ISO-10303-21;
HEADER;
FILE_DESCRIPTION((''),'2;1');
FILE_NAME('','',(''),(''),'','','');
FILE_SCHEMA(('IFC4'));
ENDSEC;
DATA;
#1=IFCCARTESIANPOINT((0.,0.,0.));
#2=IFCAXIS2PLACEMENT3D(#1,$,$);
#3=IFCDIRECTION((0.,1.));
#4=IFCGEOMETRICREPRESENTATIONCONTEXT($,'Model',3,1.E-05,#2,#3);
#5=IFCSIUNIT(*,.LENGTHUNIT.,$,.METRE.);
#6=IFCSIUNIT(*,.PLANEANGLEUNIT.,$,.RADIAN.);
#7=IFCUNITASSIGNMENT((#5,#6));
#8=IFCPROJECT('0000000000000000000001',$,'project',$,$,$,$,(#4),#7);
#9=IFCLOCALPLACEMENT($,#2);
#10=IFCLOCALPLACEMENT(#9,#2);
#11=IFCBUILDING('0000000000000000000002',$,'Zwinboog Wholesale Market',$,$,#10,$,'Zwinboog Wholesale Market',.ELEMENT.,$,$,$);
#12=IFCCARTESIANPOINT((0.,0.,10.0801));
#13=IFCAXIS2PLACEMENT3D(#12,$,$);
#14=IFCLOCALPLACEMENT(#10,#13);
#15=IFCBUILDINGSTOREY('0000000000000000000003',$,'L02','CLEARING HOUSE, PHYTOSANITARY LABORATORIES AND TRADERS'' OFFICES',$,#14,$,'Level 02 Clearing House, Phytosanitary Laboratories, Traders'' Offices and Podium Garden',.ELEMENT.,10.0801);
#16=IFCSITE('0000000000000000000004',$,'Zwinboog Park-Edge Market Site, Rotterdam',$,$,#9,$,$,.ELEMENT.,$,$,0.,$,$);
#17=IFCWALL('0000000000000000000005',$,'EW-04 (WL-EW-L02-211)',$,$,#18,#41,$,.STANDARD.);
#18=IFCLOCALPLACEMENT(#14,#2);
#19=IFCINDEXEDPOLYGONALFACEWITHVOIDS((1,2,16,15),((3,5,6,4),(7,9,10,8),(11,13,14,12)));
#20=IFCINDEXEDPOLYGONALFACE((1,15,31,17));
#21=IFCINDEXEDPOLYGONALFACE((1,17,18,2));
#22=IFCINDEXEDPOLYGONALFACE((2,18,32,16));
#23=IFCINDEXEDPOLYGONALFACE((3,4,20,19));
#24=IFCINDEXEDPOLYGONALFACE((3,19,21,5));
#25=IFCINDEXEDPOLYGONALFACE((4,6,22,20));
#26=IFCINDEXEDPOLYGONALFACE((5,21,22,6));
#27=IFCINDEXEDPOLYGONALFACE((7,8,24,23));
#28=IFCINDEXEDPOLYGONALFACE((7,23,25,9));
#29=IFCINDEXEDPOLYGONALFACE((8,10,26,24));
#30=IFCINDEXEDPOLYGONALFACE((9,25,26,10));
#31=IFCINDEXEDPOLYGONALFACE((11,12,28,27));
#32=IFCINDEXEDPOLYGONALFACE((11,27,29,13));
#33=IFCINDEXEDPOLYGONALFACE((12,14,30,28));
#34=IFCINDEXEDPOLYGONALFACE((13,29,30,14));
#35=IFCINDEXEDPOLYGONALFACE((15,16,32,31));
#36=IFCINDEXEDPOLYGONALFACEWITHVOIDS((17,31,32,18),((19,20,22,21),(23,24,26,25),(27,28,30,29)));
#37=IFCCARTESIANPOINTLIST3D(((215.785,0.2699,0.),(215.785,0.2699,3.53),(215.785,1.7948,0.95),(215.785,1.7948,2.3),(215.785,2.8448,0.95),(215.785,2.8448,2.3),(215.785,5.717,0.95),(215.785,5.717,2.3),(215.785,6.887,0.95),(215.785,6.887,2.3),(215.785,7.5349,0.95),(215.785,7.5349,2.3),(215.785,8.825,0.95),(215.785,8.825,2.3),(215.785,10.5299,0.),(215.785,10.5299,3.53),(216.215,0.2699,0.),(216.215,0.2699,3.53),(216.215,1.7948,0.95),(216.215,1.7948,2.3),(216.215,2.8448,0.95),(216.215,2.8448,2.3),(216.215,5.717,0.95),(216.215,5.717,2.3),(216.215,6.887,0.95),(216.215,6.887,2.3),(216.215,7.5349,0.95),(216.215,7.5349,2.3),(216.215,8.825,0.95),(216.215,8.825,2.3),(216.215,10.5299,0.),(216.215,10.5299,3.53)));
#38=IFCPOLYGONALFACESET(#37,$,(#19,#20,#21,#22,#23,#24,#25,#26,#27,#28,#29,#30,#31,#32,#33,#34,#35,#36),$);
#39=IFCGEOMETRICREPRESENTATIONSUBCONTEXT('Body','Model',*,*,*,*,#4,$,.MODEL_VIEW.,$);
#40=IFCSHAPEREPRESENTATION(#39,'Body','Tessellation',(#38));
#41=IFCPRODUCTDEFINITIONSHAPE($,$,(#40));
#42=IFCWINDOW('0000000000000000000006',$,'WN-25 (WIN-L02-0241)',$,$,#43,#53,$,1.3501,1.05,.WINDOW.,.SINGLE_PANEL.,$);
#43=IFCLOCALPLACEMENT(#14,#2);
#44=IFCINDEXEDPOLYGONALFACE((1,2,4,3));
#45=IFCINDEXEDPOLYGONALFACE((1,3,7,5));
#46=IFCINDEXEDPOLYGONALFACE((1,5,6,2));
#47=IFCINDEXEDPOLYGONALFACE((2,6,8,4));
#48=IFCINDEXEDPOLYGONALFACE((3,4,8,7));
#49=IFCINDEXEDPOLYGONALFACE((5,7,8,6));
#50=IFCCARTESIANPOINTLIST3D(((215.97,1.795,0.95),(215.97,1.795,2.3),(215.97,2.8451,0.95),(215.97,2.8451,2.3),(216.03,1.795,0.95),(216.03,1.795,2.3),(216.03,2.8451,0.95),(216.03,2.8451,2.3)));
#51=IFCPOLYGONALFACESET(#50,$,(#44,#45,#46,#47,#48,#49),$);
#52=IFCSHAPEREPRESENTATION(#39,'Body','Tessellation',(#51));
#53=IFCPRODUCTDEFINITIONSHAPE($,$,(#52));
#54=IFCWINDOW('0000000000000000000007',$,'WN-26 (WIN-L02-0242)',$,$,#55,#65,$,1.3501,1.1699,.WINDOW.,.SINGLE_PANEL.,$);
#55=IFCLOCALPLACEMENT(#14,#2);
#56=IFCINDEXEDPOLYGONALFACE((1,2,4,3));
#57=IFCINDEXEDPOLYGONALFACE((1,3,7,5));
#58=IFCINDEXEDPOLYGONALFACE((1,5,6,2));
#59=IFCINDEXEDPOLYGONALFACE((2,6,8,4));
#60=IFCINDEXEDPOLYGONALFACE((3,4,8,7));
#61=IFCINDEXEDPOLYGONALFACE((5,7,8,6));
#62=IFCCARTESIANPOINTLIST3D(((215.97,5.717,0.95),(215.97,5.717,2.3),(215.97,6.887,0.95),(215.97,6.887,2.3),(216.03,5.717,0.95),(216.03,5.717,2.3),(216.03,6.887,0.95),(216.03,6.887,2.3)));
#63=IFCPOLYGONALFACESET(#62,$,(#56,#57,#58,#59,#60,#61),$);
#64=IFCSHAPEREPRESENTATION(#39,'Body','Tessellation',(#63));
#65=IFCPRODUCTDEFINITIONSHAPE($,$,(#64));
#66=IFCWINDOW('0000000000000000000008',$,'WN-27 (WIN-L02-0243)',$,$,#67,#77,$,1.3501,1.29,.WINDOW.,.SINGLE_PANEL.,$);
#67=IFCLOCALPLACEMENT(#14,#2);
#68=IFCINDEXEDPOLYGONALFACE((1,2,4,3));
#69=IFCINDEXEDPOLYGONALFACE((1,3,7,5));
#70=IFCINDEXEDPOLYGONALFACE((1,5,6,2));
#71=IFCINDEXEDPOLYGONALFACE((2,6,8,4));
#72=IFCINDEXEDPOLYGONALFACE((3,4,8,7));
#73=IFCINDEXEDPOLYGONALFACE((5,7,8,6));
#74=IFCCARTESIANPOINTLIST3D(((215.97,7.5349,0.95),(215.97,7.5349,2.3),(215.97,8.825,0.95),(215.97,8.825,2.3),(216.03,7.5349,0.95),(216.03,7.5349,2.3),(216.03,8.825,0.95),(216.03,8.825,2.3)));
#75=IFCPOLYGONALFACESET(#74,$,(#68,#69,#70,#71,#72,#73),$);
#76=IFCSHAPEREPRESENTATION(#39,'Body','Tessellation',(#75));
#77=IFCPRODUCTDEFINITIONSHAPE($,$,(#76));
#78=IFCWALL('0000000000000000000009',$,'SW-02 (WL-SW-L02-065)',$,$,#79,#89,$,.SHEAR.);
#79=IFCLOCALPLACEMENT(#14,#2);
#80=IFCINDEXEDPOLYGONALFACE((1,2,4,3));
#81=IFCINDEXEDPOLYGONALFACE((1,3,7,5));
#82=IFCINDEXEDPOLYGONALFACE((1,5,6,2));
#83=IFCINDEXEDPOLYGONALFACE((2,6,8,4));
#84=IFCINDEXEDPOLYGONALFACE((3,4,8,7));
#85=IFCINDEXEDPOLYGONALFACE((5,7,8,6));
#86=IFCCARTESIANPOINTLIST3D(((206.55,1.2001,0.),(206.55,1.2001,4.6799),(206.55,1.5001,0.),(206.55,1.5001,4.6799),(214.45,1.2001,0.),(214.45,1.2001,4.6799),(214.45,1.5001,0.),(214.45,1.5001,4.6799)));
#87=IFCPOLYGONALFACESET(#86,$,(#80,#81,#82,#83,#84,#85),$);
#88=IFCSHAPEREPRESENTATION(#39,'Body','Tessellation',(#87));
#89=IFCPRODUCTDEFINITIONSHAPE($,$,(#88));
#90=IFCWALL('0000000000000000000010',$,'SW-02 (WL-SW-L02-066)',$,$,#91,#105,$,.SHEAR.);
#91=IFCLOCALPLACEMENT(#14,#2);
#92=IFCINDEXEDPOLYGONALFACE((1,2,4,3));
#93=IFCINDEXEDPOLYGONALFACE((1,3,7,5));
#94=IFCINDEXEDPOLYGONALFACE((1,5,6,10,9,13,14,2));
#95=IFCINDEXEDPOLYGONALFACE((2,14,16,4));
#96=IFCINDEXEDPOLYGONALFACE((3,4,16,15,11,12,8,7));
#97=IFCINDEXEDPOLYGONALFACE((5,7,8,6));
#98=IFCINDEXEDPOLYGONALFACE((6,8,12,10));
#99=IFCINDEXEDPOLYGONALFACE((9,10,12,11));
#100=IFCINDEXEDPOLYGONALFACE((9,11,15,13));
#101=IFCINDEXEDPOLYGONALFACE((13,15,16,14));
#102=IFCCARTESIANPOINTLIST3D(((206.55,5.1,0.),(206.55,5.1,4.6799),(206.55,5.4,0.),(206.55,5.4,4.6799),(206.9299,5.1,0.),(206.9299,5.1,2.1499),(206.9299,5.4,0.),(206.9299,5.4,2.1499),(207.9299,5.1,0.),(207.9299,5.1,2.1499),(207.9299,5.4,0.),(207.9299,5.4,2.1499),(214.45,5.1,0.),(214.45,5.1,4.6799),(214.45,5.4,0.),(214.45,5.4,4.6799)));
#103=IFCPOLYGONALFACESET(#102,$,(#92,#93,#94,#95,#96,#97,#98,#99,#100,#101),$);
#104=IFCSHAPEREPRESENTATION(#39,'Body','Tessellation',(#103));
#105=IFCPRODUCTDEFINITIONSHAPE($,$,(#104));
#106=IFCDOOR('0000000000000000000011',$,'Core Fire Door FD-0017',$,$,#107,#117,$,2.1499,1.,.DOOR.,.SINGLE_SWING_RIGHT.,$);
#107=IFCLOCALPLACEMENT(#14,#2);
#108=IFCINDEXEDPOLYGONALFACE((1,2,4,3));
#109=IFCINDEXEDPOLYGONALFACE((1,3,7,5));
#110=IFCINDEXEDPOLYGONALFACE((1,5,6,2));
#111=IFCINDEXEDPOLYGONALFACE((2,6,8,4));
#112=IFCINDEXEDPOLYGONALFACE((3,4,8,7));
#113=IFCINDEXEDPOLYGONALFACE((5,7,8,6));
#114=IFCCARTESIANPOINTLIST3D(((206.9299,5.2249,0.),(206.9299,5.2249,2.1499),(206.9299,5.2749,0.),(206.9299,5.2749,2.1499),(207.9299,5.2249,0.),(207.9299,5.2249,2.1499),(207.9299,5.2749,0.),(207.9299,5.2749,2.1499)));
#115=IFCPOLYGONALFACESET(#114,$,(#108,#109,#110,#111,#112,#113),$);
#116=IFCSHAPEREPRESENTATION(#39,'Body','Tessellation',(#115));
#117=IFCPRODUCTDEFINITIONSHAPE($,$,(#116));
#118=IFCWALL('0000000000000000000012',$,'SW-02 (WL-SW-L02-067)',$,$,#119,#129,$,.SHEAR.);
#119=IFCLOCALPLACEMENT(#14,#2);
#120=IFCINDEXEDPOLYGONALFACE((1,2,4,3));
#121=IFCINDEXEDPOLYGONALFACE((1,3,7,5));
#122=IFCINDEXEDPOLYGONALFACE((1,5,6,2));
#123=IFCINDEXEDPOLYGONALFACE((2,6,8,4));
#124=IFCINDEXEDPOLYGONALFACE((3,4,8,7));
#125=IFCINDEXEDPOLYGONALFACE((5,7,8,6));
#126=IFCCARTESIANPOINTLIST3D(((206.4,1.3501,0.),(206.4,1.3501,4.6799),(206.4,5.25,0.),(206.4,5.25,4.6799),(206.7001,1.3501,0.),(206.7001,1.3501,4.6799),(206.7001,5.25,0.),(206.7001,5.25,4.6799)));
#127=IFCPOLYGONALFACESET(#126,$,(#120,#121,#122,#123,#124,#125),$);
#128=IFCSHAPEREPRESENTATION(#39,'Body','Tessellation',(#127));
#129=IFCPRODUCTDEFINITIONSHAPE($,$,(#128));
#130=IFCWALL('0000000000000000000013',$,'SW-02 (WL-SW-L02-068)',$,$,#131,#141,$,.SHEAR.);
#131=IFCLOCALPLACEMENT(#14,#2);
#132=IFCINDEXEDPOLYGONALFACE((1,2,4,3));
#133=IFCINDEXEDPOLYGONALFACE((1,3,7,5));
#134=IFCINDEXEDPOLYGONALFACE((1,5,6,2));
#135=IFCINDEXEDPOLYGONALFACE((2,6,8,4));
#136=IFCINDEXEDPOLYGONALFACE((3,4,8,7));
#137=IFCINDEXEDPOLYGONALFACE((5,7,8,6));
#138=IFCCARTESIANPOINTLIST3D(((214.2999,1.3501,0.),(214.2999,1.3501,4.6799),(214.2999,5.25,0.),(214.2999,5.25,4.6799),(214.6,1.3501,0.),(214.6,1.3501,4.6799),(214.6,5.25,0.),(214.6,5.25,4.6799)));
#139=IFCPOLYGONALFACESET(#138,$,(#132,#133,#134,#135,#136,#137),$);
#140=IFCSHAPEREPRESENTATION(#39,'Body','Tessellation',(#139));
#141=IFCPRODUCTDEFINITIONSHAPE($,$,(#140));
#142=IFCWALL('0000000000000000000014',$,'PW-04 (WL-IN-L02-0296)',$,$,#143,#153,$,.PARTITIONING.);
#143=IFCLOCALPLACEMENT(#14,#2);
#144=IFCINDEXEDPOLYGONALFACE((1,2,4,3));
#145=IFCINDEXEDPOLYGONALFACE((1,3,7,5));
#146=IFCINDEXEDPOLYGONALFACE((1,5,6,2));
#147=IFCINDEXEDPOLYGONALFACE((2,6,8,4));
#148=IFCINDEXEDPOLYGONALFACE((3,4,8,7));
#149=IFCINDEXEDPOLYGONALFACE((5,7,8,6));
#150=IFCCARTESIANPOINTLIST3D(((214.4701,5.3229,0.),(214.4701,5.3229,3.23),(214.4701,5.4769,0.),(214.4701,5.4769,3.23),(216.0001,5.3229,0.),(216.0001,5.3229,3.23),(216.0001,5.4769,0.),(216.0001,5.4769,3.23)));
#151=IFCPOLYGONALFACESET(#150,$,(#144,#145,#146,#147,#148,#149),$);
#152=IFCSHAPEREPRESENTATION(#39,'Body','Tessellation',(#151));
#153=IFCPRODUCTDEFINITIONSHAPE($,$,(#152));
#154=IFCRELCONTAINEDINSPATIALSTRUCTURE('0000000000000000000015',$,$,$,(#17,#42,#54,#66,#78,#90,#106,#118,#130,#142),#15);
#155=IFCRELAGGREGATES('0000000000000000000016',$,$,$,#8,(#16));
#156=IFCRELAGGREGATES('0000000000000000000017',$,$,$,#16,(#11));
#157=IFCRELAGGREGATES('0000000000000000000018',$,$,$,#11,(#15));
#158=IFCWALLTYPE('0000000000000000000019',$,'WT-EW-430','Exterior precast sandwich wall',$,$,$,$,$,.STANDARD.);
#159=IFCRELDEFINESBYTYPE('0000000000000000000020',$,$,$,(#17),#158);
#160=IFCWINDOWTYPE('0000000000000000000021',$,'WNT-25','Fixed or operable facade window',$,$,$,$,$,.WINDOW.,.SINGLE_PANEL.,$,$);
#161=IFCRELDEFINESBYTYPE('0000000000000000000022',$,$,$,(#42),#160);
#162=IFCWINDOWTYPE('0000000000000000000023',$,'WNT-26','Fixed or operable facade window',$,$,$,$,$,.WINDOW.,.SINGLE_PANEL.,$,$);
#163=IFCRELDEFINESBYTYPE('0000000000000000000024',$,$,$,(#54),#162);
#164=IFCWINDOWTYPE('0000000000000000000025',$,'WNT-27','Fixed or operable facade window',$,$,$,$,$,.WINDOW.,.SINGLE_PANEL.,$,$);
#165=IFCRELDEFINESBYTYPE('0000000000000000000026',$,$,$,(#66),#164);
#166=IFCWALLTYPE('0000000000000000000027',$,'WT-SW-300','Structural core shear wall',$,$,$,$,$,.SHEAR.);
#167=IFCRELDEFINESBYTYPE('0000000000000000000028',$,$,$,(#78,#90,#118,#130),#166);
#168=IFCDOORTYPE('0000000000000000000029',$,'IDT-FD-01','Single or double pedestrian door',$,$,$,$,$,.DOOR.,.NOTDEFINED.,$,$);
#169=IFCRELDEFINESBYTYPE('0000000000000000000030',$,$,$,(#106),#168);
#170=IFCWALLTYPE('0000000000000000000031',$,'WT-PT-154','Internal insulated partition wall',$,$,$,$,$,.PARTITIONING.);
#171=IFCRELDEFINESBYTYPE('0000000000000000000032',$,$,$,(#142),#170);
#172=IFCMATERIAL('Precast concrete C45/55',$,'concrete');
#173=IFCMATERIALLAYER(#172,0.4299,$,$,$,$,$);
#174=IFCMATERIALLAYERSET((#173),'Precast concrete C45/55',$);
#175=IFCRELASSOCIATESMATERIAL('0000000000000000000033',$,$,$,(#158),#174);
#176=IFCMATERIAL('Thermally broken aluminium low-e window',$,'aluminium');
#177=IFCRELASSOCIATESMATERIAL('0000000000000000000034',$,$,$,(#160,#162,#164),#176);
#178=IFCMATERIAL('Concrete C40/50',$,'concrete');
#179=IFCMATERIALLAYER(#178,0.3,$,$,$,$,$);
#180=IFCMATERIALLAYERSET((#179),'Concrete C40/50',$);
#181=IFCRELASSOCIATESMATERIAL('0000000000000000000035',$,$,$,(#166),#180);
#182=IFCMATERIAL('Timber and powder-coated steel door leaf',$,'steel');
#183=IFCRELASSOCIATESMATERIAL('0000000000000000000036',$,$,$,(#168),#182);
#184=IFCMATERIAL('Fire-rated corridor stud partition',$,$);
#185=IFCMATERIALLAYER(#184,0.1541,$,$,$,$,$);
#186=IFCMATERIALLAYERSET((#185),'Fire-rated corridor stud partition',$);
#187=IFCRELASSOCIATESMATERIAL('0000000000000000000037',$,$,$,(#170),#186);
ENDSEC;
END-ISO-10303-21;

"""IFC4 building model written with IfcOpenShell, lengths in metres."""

from ifc_helpers import new_model, si_unit, direction, frame, frame_2d, origin, place, context, subcontext, project, spatial, rectangle, extrude, material, layer, layer_set, type_object, element, fill, save


model = new_model("IFC4")

# Units and contexts
model_context = context("Model", 3, precision=1e-05, world=origin(), true_north=direction((0.0, 1.0)))
body_context = subcontext(model_context, "Body", "Model", "MODEL_VIEW")
ifc_project = project(units=[si_unit("LENGTHUNIT", "METRE"), si_unit("PLANEANGLEUNIT", "RADIAN")], contexts=[model_context])

# Site, building, storey
site_placement = place(None, origin())
site = spatial("IfcSite", under=ifc_project, at=site_placement, Name="Zwinboog Park-Edge Market Site, Rotterdam", CompositionType="ELEMENT", RefElevation=0.0)
building_placement = place(site_placement, origin())
building = spatial("IfcBuilding", under=site, at=building_placement, Name="Zwinboog Wholesale Market", LongName="Zwinboog Wholesale Market", CompositionType="ELEMENT")
storey_placement = place(building_placement, frame((0.0, 0.0, 10.0801)))
storey = spatial("IfcBuildingStorey", under=building, at=storey_placement, Name="L02", Description="CLEARING HOUSE, PHYTOSANITARY LABORATORIES AND TRADERS' OFFICES", LongName="Level 02 Clearing House, Phytosanitary Laboratories, Traders' Offices and Podium Garden", CompositionType="ELEMENT", Elevation=10.0801)

# Shared definitions
ifc_material_1 = material(Name="Precast concrete C45/55", Category="concrete")

# Wall, openings, windows
ifc_material_2 = material(Name="Thermally broken aluminium low-e window", Category="aluminium")
ifc_layer_1 = layer(ifc_material_1, 0.4299)
ifc_layer_set_1 = layer_set([ifc_layer_1], Name="Precast concrete C45/55")
wall_type_1 = type_object("IfcWallType", Name="WT-EW-430", Description="Exterior precast sandwich wall", PredefinedType="STANDARD", material=ifc_layer_set_1)
wall_1_placement = place(storey_placement, frame((216.0, 0.27, 0.0), z_axis=(0.0, 0.0, 1.0), x_axis=(0.0, 1.0, 0.0)))
wall_1 = element("IfcWall", 1, at=wall_1_placement, inside=storey, type_object=wall_type_1, Name="EW-04 (WL-EW-L02-211)", PredefinedType="STANDARD", context=body_context, shape_type="SweptSolid", body=[
    extrude(rectangle(XDim=10.26, YDim=0.4299, at=frame_2d((5.1299, 0.0))), origin(), (0.0, 0.0, 1.0), 3.53),
])
opening_1_placement = place(wall_1_placement, frame((1.5249, 0.0, 0.95)))
opening_1 = element("IfcOpeningElement", 2, at=opening_1_placement, cuts=wall_1, PredefinedType="OPENING", context=body_context, shape_type="SweptSolid", body=[
    extrude(rectangle(XDim=1.05, YDim=1.3501, at=frame_2d((0.5249, 0.675))), frame((0.0, 0.2249, 0.0), z_axis=(0.0, -1.0, 0.0), x_axis=(1.0, 0.0, 0.0)), (0.0, 0.0, 1.0), 0.45),
])
opening_2_placement = place(wall_1_placement, frame((5.447, 0.0, 0.95)))
opening_2 = element("IfcOpeningElement", 3, at=opening_2_placement, cuts=wall_1, PredefinedType="OPENING", context=body_context, shape_type="SweptSolid", body=[
    extrude(rectangle(XDim=1.1699, YDim=1.3501, at=frame_2d((0.585, 0.675))), frame((0.0, 0.2249, 0.0), z_axis=(0.0, -1.0, 0.0), x_axis=(1.0, 0.0, 0.0)), (0.0, 0.0, 1.0), 0.45),
])
opening_3_placement = place(wall_1_placement, frame((7.2649, 0.0, 0.95)))
opening_3 = element("IfcOpeningElement", 4, at=opening_3_placement, cuts=wall_1, PredefinedType="OPENING", context=body_context, shape_type="SweptSolid", body=[
    extrude(rectangle(XDim=1.29, YDim=1.3501, at=frame_2d((0.645, 0.675))), frame((0.0, 0.2249, 0.0), z_axis=(0.0, -1.0, 0.0), x_axis=(1.0, 0.0, 0.0)), (0.0, 0.0, 1.0), 0.45),
])
window_type_1 = type_object("IfcWindowType", Name="WNT-25", Description="Fixed or operable facade window", PartitioningType="SINGLE_PANEL", PredefinedType="WINDOW", material=ifc_material_2)
window_1_placement = place(opening_1_placement, frame((1.05, 0.0, 0.0), z_axis=(0.0, 0.0, 1.0), x_axis=(-1.0, 0.0, 0.0)))
window_1 = element("IfcWindow", 5, at=window_1_placement, inside=storey, type_object=window_type_1, Name="WN-25 (WIN-L02-0241)", OverallHeight=1.3501, OverallWidth=1.05, PartitioningType="SINGLE_PANEL", PredefinedType="WINDOW", context=body_context, shape_type="SweptSolid", body=[
    extrude(rectangle(XDim=1.05, YDim=1.3501, at=frame_2d((0.5249, 0.675))), frame((0.0, 0.03, 0.0), z_axis=(0.0, -1.0, 0.0), x_axis=(1.0, 0.0, 0.0)), (0.0, 0.0, 1.0), 0.0601),
])
fill(opening_1, window_1)
window_type_2 = type_object("IfcWindowType", Name="WNT-26", Description="Fixed or operable facade window", PartitioningType="SINGLE_PANEL", PredefinedType="WINDOW", material=ifc_material_2)
window_2_placement = place(opening_2_placement, frame((1.1699, 0.0, 0.0), z_axis=(0.0, 0.0, 1.0), x_axis=(-1.0, 0.0, 0.0)))
window_2 = element("IfcWindow", 6, at=window_2_placement, inside=storey, type_object=window_type_2, Name="WN-26 (WIN-L02-0242)", OverallHeight=1.3501, OverallWidth=1.1699, PartitioningType="SINGLE_PANEL", PredefinedType="WINDOW", context=body_context, shape_type="SweptSolid", body=[
    extrude(rectangle(XDim=1.1699, YDim=1.3501, at=frame_2d((0.585, 0.675))), frame((0.0, 0.03, 0.0), z_axis=(0.0, -1.0, 0.0), x_axis=(1.0, 0.0, 0.0)), (0.0, 0.0, 1.0), 0.0601),
])
fill(opening_2, window_2)
window_type_3 = type_object("IfcWindowType", Name="WNT-27", Description="Fixed or operable facade window", PartitioningType="SINGLE_PANEL", PredefinedType="WINDOW", material=ifc_material_2)
window_3_placement = place(opening_3_placement, frame((1.29, 0.0, 0.0), z_axis=(0.0, 0.0, 1.0), x_axis=(-1.0, 0.0, 0.0)))
window_3 = element("IfcWindow", 7, at=window_3_placement, inside=storey, type_object=window_type_3, Name="WN-27 (WIN-L02-0243)", OverallHeight=1.3501, OverallWidth=1.29, PartitioningType="SINGLE_PANEL", PredefinedType="WINDOW", context=body_context, shape_type="SweptSolid", body=[
    extrude(rectangle(XDim=1.29, YDim=1.3501, at=frame_2d((0.645, 0.675))), frame((0.0, 0.03, 0.0), z_axis=(0.0, -1.0, 0.0), x_axis=(1.0, 0.0, 0.0)), (0.0, 0.0, 1.0), 0.0601),
])
fill(opening_3, window_3)

# Wall
ifc_material_3 = material(Name="Concrete C40/50", Category="concrete")
ifc_layer_2 = layer(ifc_material_3, 0.3)
ifc_layer_set_2 = layer_set([ifc_layer_2], Name="Concrete C40/50")
wall_type_2 = type_object("IfcWallType", Name="WT-SW-300", Description="Structural core shear wall", PredefinedType="SHEAR", material=ifc_layer_set_2)
wall_2_placement = place(storey_placement, frame((206.55, 1.3501, 0.0), z_axis=(0.0, 0.0, 1.0), x_axis=(1.0, 0.0, 0.0)))
element("IfcWall", 8, at=wall_2_placement, inside=storey, type_object=wall_type_2, Name="SW-02 (WL-SW-L02-065)", PredefinedType="SHEAR", context=body_context, shape_type="SweptSolid", body=[
    extrude(rectangle(XDim=7.8999, YDim=0.3, at=frame_2d((3.95, 0.0))), origin(), (0.0, 0.0, 1.0), 4.6799),
])

# Wall, opening, door
wall_3_placement = place(storey_placement, frame((206.55, 5.25, 0.0), z_axis=(0.0, 0.0, 1.0), x_axis=(1.0, 0.0, 0.0)))
wall_3 = element("IfcWall", 9, at=wall_3_placement, inside=storey, type_object=wall_type_2, Name="SW-02 (WL-SW-L02-066)", PredefinedType="SHEAR", context=body_context, shape_type="SweptSolid", body=[
    extrude(rectangle(XDim=7.8999, YDim=0.3, at=frame_2d((3.95, 0.0))), origin(), (0.0, 0.0, 1.0), 4.6799),
])
opening_4_placement = place(wall_3_placement, frame((0.3799, 0.0, 0.0)))
opening_4 = element("IfcOpeningElement", 10, at=opening_4_placement, cuts=wall_3, PredefinedType="OPENING", context=body_context, shape_type="SweptSolid", body=[
    extrude(rectangle(XDim=1.0, YDim=2.1499, at=frame_2d((0.5, 1.075))), frame((0.0, 0.1599, 0.0), z_axis=(0.0, -1.0, 0.0), x_axis=(1.0, 0.0, 0.0)), (0.0, 0.0, 1.0), 0.3201),
])
ifc_material_4 = material(Name="Timber and powder-coated steel door leaf", Category="steel")
door_type = type_object("IfcDoorType", Name="IDT-FD-01", Description="Single or double pedestrian door", OperationType="NOTDEFINED", PredefinedType="DOOR", material=ifc_material_4)
door_placement = place(opening_4_placement, origin())
door = element("IfcDoor", 11, at=door_placement, inside=storey, type_object=door_type, Name="Core Fire Door FD-0017", OperationType="SINGLE_SWING_RIGHT", OverallHeight=2.1499, OverallWidth=1.0, PredefinedType="DOOR", context=body_context, shape_type="SweptSolid", body=[
    extrude(rectangle(XDim=1.0, YDim=2.1499, at=frame_2d((0.5, 1.075))), frame((0.0, 0.0249, 0.0), z_axis=(0.0, -1.0, 0.0), x_axis=(1.0, 0.0, 0.0)), (0.0, 0.0, 1.0), 0.05),
])
fill(opening_4, door)

# Walls
for number, where, z_axis, x_axis, name in (
    (12, (206.55, 1.3501, 0.0), (0.0, 0.0, 1.0), (0.0, 1.0, 0.0), "SW-02 (WL-SW-L02-067)"),
    (13, (214.45, 1.3501, 0.0), (0.0, 0.0, 1.0), (0.0, 1.0, 0.0), "SW-02 (WL-SW-L02-068)"),
):
    element("IfcWall", number, at=place(storey_placement, frame(where, z_axis=z_axis, x_axis=x_axis)), inside=storey, type_object=wall_type_2, Name=name, PredefinedType="SHEAR", context=body_context, shape_type="SweptSolid", body=[
        extrude(rectangle(XDim=3.8999, YDim=0.3, at=frame_2d((1.95, 0.0))), origin(), (0.0, 0.0, 1.0), 4.6799),
    ])
ifc_material_5 = material(Name="Fire-rated corridor stud partition")
ifc_layer_3 = layer(ifc_material_5, 0.1541)
ifc_layer_set_3 = layer_set([ifc_layer_3], Name="Fire-rated corridor stud partition")
wall_type_3 = type_object("IfcWallType", Name="WT-PT-154", Description="Internal insulated partition wall", PredefinedType="PARTITIONING", material=ifc_layer_set_3)
wall_4_placement = place(storey_placement, frame((214.47, 5.3999, 0.0), z_axis=(0.0, 0.0, 1.0), x_axis=(1.0, 0.0, 0.0)))
element("IfcWall", 14, at=wall_4_placement, inside=storey, type_object=wall_type_3, Name="PW-04 (WL-IN-L02-0296)", PredefinedType="PARTITIONING", context=body_context, shape_type="SweptSolid", body=[
    extrude(rectangle(XDim=1.53, YDim=0.1541, at=frame_2d((0.7651, 0.0))), origin(), (0.0, 0.0, 1.0), 3.23),
])

save(model, "model.ifc")
